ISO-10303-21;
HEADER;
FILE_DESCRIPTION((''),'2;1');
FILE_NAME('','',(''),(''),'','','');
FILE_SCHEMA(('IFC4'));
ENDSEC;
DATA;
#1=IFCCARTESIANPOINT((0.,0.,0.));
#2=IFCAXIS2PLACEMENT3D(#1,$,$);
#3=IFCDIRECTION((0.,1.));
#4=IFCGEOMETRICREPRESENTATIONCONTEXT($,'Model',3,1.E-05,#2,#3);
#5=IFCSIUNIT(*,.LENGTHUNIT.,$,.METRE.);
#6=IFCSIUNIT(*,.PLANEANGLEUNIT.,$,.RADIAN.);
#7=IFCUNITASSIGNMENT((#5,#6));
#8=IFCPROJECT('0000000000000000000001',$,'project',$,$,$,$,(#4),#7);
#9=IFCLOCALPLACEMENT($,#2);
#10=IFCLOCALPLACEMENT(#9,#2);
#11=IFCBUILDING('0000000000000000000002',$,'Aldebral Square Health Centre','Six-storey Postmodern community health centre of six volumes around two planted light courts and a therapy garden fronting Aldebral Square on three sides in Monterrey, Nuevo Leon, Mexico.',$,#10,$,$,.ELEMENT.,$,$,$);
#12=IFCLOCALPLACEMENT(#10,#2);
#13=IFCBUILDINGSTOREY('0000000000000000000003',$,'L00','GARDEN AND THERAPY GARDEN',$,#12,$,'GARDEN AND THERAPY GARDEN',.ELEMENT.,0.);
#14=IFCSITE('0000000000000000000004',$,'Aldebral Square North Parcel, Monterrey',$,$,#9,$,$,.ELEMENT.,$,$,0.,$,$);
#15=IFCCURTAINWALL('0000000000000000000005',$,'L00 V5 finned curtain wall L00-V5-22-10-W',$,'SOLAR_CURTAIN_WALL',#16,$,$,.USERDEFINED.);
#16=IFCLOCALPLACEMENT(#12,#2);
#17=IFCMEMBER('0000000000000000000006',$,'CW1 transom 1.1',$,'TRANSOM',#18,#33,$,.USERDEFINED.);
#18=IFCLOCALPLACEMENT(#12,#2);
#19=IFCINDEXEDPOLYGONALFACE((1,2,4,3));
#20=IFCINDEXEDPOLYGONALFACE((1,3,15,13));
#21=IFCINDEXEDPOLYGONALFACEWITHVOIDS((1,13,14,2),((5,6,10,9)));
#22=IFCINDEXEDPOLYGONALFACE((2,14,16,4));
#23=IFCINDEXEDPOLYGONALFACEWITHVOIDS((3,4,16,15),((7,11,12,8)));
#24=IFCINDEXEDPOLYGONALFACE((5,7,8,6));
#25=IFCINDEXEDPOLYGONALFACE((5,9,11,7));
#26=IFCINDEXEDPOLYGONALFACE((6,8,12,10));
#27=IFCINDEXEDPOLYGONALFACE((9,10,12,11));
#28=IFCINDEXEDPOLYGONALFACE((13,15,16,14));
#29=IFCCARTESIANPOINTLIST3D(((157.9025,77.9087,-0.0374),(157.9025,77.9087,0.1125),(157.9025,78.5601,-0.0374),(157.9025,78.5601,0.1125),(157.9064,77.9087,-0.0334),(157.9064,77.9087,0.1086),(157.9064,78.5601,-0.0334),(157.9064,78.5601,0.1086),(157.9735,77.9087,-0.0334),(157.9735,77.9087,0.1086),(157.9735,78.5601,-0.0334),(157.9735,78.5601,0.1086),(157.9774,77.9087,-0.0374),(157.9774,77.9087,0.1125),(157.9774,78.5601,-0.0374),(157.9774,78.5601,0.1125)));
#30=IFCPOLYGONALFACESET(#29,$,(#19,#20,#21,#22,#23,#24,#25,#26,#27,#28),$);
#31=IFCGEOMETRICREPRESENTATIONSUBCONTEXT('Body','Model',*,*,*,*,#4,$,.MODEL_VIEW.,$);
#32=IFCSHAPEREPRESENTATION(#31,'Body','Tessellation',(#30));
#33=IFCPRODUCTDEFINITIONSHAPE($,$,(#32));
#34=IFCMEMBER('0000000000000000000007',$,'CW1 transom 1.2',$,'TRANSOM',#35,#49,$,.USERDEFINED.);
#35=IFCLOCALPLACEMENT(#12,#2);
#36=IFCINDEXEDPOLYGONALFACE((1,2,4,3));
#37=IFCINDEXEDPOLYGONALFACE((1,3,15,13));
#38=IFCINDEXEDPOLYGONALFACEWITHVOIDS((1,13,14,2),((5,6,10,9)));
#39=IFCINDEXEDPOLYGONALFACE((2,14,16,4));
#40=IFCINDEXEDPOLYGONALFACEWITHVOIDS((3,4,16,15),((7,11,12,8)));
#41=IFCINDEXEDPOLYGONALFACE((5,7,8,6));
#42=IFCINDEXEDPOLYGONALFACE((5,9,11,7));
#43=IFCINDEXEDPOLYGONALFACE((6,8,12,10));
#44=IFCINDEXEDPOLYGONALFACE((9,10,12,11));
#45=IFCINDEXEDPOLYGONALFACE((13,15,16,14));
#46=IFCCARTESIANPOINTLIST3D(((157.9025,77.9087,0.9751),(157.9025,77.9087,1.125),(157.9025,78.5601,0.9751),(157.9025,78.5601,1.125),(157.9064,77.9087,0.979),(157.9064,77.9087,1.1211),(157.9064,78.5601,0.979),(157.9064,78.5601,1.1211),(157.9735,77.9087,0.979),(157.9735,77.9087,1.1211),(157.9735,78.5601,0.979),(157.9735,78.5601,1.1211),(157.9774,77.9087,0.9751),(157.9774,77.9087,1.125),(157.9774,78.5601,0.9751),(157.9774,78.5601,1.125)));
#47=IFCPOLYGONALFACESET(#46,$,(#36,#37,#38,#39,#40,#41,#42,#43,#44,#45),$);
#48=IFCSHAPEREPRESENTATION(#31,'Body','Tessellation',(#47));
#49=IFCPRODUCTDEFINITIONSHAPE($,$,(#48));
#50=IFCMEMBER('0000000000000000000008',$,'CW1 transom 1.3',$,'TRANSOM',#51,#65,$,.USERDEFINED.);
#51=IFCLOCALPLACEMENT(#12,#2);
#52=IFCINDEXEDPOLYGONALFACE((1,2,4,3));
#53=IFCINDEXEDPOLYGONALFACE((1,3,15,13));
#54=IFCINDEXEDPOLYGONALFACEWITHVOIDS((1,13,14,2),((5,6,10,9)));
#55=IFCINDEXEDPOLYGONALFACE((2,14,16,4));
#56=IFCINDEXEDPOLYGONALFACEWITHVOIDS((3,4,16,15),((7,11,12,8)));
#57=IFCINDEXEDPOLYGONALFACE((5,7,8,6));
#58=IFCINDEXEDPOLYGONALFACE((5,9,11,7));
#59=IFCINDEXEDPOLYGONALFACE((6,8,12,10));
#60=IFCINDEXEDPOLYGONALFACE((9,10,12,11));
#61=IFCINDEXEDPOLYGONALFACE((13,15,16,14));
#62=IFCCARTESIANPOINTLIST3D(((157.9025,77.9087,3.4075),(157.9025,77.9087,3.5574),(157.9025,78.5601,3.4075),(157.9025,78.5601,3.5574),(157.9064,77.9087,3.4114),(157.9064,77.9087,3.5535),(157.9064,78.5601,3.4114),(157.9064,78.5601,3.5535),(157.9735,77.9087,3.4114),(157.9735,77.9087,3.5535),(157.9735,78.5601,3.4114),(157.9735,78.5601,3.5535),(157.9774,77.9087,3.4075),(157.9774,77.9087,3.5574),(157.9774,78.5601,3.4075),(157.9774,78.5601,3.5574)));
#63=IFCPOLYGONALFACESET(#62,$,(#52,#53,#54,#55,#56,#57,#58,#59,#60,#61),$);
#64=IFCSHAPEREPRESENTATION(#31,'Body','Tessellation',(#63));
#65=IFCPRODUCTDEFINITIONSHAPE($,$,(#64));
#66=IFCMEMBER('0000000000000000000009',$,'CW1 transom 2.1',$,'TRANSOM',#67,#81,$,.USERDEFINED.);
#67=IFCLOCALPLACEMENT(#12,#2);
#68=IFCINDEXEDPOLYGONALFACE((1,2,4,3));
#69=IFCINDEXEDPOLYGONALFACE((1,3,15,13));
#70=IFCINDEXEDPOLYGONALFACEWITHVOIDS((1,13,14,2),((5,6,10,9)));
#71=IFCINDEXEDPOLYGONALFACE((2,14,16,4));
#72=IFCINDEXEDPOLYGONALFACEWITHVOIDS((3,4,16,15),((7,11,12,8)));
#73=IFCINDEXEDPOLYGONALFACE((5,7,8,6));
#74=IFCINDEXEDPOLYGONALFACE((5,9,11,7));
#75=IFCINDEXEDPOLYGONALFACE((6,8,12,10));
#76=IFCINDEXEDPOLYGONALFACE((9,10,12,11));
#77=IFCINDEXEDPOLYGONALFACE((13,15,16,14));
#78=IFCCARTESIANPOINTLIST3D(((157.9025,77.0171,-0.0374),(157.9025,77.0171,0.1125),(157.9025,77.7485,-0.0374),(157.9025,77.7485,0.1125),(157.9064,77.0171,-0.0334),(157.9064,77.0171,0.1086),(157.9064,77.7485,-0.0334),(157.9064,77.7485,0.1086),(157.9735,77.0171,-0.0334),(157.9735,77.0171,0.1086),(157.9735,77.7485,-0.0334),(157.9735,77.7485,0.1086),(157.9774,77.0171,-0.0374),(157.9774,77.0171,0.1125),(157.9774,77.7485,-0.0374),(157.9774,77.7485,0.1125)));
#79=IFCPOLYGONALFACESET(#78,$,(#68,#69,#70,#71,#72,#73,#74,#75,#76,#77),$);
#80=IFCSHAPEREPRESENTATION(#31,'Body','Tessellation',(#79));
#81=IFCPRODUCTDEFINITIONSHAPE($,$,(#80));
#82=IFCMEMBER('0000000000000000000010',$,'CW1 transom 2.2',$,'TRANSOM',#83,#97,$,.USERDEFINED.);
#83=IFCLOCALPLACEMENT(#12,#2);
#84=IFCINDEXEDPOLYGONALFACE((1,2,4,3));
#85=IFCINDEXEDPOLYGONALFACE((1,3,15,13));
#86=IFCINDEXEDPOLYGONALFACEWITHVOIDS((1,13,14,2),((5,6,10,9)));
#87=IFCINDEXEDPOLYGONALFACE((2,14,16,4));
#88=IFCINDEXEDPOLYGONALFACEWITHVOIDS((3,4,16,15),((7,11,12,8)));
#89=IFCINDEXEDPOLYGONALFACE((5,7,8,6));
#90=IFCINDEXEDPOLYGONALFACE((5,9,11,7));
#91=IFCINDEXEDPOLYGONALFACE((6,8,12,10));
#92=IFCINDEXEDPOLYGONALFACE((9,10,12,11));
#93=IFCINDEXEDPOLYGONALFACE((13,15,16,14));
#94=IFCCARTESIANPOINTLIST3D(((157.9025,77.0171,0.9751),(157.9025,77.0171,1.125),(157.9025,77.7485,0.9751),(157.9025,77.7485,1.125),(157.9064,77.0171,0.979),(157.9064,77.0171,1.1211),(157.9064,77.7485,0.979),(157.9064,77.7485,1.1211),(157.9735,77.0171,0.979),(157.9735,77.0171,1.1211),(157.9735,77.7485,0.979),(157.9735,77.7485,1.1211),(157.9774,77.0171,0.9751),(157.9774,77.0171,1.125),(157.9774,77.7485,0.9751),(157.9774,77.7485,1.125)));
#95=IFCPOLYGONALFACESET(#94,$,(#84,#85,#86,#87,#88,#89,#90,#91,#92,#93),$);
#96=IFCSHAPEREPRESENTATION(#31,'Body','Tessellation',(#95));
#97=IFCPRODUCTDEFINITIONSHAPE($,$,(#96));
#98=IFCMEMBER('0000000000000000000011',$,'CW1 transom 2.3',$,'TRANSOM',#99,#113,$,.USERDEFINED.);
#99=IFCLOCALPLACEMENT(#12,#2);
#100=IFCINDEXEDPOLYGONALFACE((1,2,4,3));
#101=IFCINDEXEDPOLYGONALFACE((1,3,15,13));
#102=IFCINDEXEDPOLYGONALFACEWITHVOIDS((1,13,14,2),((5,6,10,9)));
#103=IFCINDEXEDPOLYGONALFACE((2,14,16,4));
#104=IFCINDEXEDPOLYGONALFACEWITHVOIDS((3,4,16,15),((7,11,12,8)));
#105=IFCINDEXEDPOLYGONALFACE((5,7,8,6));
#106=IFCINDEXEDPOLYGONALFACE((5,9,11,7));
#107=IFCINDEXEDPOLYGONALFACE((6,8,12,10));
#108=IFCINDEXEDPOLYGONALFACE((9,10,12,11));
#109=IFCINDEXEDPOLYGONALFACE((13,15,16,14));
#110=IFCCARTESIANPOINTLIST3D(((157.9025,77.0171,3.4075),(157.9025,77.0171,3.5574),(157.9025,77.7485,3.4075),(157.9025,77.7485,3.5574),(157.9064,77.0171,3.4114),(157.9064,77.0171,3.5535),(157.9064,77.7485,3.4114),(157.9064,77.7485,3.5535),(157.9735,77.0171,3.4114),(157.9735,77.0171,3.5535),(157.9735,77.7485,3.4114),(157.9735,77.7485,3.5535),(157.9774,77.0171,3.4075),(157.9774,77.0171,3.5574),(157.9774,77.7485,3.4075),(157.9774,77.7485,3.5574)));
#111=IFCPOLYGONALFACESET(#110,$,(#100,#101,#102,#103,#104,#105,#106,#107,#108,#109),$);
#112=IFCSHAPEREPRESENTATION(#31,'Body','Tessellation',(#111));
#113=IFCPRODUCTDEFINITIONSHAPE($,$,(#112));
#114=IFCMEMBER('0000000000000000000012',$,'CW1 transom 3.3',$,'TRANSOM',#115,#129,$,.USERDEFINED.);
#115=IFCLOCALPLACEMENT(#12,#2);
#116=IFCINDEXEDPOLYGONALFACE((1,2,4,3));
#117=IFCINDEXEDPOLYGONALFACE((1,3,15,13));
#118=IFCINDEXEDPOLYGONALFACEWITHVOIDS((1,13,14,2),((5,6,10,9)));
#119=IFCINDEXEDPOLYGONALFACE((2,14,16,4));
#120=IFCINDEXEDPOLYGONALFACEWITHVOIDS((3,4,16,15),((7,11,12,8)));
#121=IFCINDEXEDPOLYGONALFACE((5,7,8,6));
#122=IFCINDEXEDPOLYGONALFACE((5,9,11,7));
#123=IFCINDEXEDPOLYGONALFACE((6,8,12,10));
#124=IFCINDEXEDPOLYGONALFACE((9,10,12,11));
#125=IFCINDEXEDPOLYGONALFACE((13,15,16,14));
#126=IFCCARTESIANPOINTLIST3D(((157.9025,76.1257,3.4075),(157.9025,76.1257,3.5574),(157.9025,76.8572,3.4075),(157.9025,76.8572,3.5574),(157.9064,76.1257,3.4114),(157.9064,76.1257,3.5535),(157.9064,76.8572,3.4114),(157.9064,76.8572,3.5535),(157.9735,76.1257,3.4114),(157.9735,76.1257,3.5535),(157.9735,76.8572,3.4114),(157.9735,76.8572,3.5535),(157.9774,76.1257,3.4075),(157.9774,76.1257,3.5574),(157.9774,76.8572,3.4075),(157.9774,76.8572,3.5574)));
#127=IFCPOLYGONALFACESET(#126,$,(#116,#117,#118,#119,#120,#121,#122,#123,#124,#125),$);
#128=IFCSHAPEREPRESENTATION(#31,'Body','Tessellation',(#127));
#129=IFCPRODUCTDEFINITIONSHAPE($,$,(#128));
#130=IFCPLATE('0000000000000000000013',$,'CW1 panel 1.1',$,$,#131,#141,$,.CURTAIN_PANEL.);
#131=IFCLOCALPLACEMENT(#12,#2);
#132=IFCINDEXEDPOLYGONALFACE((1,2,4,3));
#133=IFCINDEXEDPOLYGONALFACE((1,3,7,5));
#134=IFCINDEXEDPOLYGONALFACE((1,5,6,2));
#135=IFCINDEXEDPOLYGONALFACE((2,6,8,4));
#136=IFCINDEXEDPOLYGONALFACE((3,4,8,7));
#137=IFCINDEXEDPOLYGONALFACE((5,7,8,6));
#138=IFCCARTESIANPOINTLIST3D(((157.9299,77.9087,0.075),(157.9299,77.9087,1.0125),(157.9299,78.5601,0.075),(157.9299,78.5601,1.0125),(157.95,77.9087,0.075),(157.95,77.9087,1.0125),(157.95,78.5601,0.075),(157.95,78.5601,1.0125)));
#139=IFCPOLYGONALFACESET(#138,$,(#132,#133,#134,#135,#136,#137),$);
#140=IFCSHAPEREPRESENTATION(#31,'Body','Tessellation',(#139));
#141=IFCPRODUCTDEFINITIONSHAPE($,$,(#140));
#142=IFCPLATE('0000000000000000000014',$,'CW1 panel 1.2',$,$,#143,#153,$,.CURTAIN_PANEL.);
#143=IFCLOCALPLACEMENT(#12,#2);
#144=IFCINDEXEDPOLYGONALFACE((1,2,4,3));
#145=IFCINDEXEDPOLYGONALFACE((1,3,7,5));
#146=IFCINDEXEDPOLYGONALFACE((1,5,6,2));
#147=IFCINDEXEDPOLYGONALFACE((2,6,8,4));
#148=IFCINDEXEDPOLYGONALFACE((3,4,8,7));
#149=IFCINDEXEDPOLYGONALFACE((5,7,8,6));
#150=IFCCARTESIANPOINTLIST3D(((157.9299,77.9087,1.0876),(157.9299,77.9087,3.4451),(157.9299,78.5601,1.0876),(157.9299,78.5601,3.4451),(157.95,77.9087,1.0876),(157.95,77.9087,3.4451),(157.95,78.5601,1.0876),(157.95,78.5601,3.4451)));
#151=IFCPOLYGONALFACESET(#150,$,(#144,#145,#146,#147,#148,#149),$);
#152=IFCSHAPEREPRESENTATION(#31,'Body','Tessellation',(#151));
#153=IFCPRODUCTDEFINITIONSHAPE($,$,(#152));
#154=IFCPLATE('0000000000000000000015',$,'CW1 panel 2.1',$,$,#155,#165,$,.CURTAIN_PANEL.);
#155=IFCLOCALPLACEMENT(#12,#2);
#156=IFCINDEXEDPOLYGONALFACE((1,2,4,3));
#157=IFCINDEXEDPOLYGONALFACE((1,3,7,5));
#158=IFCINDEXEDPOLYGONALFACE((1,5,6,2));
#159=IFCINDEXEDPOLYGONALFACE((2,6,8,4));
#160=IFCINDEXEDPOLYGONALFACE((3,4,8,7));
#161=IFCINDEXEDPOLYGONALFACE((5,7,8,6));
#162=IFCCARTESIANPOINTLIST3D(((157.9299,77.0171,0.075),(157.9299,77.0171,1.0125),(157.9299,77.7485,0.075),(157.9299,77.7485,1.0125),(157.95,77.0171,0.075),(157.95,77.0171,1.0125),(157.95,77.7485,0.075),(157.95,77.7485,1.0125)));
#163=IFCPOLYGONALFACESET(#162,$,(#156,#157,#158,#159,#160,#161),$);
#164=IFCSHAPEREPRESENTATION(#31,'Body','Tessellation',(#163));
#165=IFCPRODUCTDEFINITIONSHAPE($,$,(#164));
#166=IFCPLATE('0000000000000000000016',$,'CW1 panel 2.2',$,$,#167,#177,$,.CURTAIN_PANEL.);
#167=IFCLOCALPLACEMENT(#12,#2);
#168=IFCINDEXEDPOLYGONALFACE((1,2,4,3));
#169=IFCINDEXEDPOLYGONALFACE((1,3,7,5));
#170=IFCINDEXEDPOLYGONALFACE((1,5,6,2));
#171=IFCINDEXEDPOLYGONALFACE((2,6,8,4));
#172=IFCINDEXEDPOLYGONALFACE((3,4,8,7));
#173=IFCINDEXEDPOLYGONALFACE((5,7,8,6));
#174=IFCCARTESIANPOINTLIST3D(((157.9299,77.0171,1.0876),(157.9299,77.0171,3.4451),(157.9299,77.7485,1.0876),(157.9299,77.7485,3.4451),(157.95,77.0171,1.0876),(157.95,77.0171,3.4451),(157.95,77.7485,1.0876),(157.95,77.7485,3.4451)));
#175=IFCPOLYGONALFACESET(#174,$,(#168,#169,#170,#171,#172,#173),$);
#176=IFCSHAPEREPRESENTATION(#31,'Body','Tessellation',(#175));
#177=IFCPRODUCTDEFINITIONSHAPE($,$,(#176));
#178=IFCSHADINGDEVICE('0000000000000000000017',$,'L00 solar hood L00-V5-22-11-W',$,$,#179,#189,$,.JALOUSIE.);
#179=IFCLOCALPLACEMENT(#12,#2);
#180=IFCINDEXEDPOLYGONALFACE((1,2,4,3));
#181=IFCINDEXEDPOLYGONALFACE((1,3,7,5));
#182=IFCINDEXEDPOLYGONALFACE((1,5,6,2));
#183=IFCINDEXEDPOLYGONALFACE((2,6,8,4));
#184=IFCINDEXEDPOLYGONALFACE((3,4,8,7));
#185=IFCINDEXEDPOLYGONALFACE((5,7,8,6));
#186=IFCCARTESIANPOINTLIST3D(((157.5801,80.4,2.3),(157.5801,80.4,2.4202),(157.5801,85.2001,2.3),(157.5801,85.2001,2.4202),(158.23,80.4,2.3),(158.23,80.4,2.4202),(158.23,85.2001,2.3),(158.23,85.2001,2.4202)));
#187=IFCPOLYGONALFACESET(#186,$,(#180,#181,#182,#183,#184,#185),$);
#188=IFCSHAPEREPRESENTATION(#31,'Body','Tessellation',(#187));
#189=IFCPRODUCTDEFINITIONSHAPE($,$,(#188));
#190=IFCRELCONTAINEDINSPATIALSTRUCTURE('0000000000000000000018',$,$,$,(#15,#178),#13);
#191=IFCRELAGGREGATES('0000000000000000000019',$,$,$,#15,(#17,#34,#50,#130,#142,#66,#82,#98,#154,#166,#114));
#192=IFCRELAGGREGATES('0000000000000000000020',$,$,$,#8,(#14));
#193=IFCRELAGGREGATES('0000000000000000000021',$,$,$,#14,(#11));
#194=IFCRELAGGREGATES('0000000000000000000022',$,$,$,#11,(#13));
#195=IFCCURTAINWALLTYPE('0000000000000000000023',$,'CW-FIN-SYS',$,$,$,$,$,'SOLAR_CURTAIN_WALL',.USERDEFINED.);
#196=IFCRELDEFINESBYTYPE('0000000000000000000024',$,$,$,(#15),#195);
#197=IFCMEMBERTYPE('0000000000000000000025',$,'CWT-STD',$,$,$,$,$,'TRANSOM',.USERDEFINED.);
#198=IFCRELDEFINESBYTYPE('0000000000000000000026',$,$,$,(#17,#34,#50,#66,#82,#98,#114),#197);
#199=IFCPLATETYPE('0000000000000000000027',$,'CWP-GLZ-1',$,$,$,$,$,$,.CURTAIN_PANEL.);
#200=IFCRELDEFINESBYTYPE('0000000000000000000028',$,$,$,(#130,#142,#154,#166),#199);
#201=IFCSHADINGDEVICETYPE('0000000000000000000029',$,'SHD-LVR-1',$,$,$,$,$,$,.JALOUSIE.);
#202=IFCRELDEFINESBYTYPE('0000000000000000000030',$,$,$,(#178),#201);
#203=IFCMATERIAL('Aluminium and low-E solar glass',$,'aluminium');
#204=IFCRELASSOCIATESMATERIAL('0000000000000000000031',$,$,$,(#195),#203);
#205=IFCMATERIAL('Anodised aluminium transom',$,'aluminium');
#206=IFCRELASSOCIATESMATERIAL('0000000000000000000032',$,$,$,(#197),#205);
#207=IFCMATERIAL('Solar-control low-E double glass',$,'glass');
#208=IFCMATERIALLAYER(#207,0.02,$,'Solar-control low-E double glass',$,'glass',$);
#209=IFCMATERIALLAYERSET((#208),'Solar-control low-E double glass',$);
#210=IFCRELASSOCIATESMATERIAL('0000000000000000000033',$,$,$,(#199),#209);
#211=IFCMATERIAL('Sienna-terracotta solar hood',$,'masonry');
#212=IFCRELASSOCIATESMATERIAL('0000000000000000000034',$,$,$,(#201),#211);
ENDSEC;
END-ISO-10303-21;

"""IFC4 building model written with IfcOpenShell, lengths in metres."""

from ifc_helpers import new_model, si_unit, direction, frame, origin, origin_2d, place, context, subcontext, project, spatial, rectangle, hollow_rectangle, extrude, material, layer, layer_set, material_profile, profile_set, type_object, element, aggregate, save


model = new_model("IFC4")

# Units and contexts
model_context = context("Model", 3, precision=1e-05, world=origin(), true_north=direction((0.0, 1.0)))
body_context = subcontext(model_context, "Body", "Model", "MODEL_VIEW")
ifc_project = project(units=[si_unit("LENGTHUNIT", "METRE"), si_unit("PLANEANGLEUNIT", "RADIAN")], contexts=[model_context])

# Site, building, storey
site_placement = place(None, origin())
site = spatial("IfcSite", under=ifc_project, at=site_placement, Name="Aldebral Square North Parcel, Monterrey", CompositionType="ELEMENT", RefElevation=0.0)
building_placement = place(site_placement, origin())
building = spatial("IfcBuilding", under=site, at=building_placement, Name="Aldebral Square Health Centre", Description="Six-storey Postmodern community health centre of six volumes around two planted light courts and a therapy garden fronting Aldebral Square on three sides in Monterrey, Nuevo Leon, Mexico.", CompositionType="ELEMENT")
storey_placement = place(building_placement, origin())
storey = spatial("IfcBuildingStorey", under=building, at=storey_placement, Name="L00", Description="GARDEN AND THERAPY GARDEN", LongName="GARDEN AND THERAPY GARDEN", CompositionType="ELEMENT", Elevation=0.0)

# Curtain wall, members, plates
ifc_material_1 = material(Name="Aluminium and low-E solar glass", Category="aluminium")
curtain_wall_type = type_object("IfcCurtainWallType", Name="CW-FIN-SYS", ElementType="SOLAR_CURTAIN_WALL", PredefinedType="USERDEFINED", material=ifc_material_1)
curtain_wall_placement = place(storey_placement, origin())
curtain_wall = element("IfcCurtainWall", 1, at=curtain_wall_placement, inside=storey, type_object=curtain_wall_type, Name="L00 V5 finned curtain wall L00-V5-22-10-W", ObjectType="SOLAR_CURTAIN_WALL", PredefinedType="USERDEFINED")
ifc_material_2 = material(Name="Anodised aluminium transom", Category="aluminium")
ifc_material_profile_1 = material_profile(ifc_material_2, hollow_rectangle(XDim=0.075, YDim=0.1499, WallThickness=0.0039, at=origin_2d()), Name="CWT 75x150x4")
ifc_profile_set_1 = profile_set([ifc_material_profile_1], Name="Anodised aluminium transom")
member_type_1 = type_object("IfcMemberType", Name="CWT-STD", ElementType="TRANSOM", PredefinedType="USERDEFINED", material=ifc_profile_set_1)
member_1_placement = place(storey_placement, frame((157.9399, 78.5601, 0.0376), z_axis=(0.0, -1.0, 0.0), x_axis=(1.0, 0.0, 0.0)))
member_1 = element("IfcMember", 2, at=member_1_placement, type_object=member_type_1, Name="CW1 transom 1.1", ObjectType="TRANSOM", PredefinedType="USERDEFINED", context=body_context, shape_type="SweptSolid", body=[
    extrude(hollow_rectangle(XDim=0.075, YDim=0.1499, WallThickness=0.0039, at=origin_2d()), origin(), (0.0, 0.0, 1.0), 0.6514),
])
member_2_placement = place(storey_placement, frame((157.9399, 78.5601, 1.05), z_axis=(0.0, -1.0, 0.0), x_axis=(1.0, 0.0, 0.0)))
member_2 = element("IfcMember", 3, at=member_2_placement, type_object=member_type_1, Name="CW1 transom 1.2", ObjectType="TRANSOM", PredefinedType="USERDEFINED", context=body_context, shape_type="SweptSolid", body=[
    extrude(hollow_rectangle(XDim=0.075, YDim=0.1499, WallThickness=0.0039, at=origin_2d()), origin(), (0.0, 0.0, 1.0), 0.6514),
])
member_3_placement = place(storey_placement, frame((157.9399, 78.5601, 3.4824), z_axis=(0.0, -1.0, 0.0), x_axis=(1.0, 0.0, 0.0)))
member_3 = element("IfcMember", 4, at=member_3_placement, type_object=member_type_1, Name="CW1 transom 1.3", ObjectType="TRANSOM", PredefinedType="USERDEFINED", context=body_context, shape_type="SweptSolid", body=[
    extrude(hollow_rectangle(XDim=0.075, YDim=0.1499, WallThickness=0.0039, at=origin_2d()), origin(), (0.0, 0.0, 1.0), 0.6514),
])
member_4_placement = place(storey_placement, frame((157.9399, 77.7485, 0.0376), z_axis=(0.0, -1.0, 0.0), x_axis=(1.0, 0.0, 0.0)))
member_4 = element("IfcMember", 5, at=member_4_placement, type_object=member_type_1, Name="CW1 transom 2.1", ObjectType="TRANSOM", PredefinedType="USERDEFINED", context=body_context, shape_type="SweptSolid", body=[
    extrude(hollow_rectangle(XDim=0.075, YDim=0.1499, WallThickness=0.0039, at=origin_2d()), origin(), (0.0, 0.0, 1.0), 0.7314),
])
member_5_placement = place(storey_placement, frame((157.9399, 77.7485, 1.05), z_axis=(0.0, -1.0, 0.0), x_axis=(1.0, 0.0, 0.0)))
member_5 = element("IfcMember", 6, at=member_5_placement, type_object=member_type_1, Name="CW1 transom 2.2", ObjectType="TRANSOM", PredefinedType="USERDEFINED", context=body_context, shape_type="SweptSolid", body=[
    extrude(hollow_rectangle(XDim=0.075, YDim=0.1499, WallThickness=0.0039, at=origin_2d()), origin(), (0.0, 0.0, 1.0), 0.7314),
])
member_6_placement = place(storey_placement, frame((157.9399, 77.7485, 3.4824), z_axis=(0.0, -1.0, 0.0), x_axis=(1.0, 0.0, 0.0)))
member_6 = element("IfcMember", 7, at=member_6_placement, type_object=member_type_1, Name="CW1 transom 2.3", ObjectType="TRANSOM", PredefinedType="USERDEFINED", context=body_context, shape_type="SweptSolid", body=[
    extrude(hollow_rectangle(XDim=0.075, YDim=0.1499, WallThickness=0.0039, at=origin_2d()), origin(), (0.0, 0.0, 1.0), 0.7314),
])
member_7_placement = place(storey_placement, frame((157.9399, 76.8572, 3.4824), z_axis=(0.0, -1.0, 0.0), x_axis=(1.0, 0.0, 0.0)))
member_7 = element("IfcMember", 8, at=member_7_placement, type_object=member_type_1, Name="CW1 transom 3.3", ObjectType="TRANSOM", PredefinedType="USERDEFINED", context=body_context, shape_type="SweptSolid", body=[
    extrude(hollow_rectangle(XDim=0.075, YDim=0.1499, WallThickness=0.0039, at=origin_2d()), origin(), (0.0, 0.0, 1.0), 0.7314),
])
ifc_material_3 = material(Name="Solar-control low-E double glass", Category="glass")
ifc_layer_1 = layer(ifc_material_3, 0.02, Name="Solar-control low-E double glass", Category="glass")
ifc_layer_set_1 = layer_set([ifc_layer_1], Name="Solar-control low-E double glass")
plate_type = type_object("IfcPlateType", Name="CWP-GLZ-1", PredefinedType="CURTAIN_PANEL", material=ifc_layer_set_1)
plate_1_placement = place(storey_placement, frame((157.9399, 78.2344, 0.075), z_axis=(0.0, 0.0, 1.0), x_axis=(0.0, -1.0, 0.0)))
plate_1 = element("IfcPlate", 9, at=plate_1_placement, type_object=plate_type, Name="CW1 panel 1.1", PredefinedType="CURTAIN_PANEL", context=body_context, shape_type="SweptSolid", body=[
    extrude(rectangle(XDim=0.6514, YDim=0.02, at=origin_2d()), origin(), (0.0, 0.0, 1.0), 0.9375),
])
plate_2_placement = place(storey_placement, frame((157.9399, 78.2344, 1.0876), z_axis=(0.0, 0.0, 1.0), x_axis=(0.0, -1.0, 0.0)))
plate_2 = element("IfcPlate", 10, at=plate_2_placement, type_object=plate_type, Name="CW1 panel 1.2", PredefinedType="CURTAIN_PANEL", context=body_context, shape_type="SweptSolid", body=[
    extrude(rectangle(XDim=0.6514, YDim=0.02, at=origin_2d()), origin(), (0.0, 0.0, 1.0), 2.3574),
])
plate_3_placement = place(storey_placement, frame((157.9399, 77.3828, 0.075), z_axis=(0.0, 0.0, 1.0), x_axis=(0.0, -1.0, 0.0)))
plate_3 = element("IfcPlate", 11, at=plate_3_placement, type_object=plate_type, Name="CW1 panel 2.1", PredefinedType="CURTAIN_PANEL", context=body_context, shape_type="SweptSolid", body=[
    extrude(rectangle(XDim=0.7314, YDim=0.02, at=origin_2d()), origin(), (0.0, 0.0, 1.0), 0.9375),
])
plate_4_placement = place(storey_placement, frame((157.9399, 77.3828, 1.0876), z_axis=(0.0, 0.0, 1.0), x_axis=(0.0, -1.0, 0.0)))
plate_4 = element("IfcPlate", 12, at=plate_4_placement, type_object=plate_type, Name="CW1 panel 2.2", PredefinedType="CURTAIN_PANEL", context=body_context, shape_type="SweptSolid", body=[
    extrude(rectangle(XDim=0.7314, YDim=0.02, at=origin_2d()), origin(), (0.0, 0.0, 1.0), 2.3574),
])
aggregate(curtain_wall, [member_1, member_2, member_3, plate_1, plate_2, member_4, member_5, member_6, plate_3, plate_4, member_7])

# Shading device
ifc_material_4 = material(Name="Sienna-terracotta solar hood", Category="masonry")
shading_device_type = type_object("IfcShadingDeviceType", Name="SHD-LVR-1", PredefinedType="JALOUSIE", material=ifc_material_4)
shading_device_placement = place(storey_placement, frame((157.905, 82.8, 2.3), z_axis=(0.0, 0.0, 1.0), x_axis=(0.0, 1.0, 0.0)))
element("IfcShadingDevice", 13, at=shading_device_placement, inside=storey, type_object=shading_device_type, Name="L00 solar hood L00-V5-22-11-W", PredefinedType="JALOUSIE", context=body_context, shape_type="SweptSolid", body=[
    extrude(rectangle(XDim=4.8, YDim=0.6499, at=origin_2d()), origin(), (0.0, 0.0, 1.0), 0.1201),
])

save(model, "model.ifc")
